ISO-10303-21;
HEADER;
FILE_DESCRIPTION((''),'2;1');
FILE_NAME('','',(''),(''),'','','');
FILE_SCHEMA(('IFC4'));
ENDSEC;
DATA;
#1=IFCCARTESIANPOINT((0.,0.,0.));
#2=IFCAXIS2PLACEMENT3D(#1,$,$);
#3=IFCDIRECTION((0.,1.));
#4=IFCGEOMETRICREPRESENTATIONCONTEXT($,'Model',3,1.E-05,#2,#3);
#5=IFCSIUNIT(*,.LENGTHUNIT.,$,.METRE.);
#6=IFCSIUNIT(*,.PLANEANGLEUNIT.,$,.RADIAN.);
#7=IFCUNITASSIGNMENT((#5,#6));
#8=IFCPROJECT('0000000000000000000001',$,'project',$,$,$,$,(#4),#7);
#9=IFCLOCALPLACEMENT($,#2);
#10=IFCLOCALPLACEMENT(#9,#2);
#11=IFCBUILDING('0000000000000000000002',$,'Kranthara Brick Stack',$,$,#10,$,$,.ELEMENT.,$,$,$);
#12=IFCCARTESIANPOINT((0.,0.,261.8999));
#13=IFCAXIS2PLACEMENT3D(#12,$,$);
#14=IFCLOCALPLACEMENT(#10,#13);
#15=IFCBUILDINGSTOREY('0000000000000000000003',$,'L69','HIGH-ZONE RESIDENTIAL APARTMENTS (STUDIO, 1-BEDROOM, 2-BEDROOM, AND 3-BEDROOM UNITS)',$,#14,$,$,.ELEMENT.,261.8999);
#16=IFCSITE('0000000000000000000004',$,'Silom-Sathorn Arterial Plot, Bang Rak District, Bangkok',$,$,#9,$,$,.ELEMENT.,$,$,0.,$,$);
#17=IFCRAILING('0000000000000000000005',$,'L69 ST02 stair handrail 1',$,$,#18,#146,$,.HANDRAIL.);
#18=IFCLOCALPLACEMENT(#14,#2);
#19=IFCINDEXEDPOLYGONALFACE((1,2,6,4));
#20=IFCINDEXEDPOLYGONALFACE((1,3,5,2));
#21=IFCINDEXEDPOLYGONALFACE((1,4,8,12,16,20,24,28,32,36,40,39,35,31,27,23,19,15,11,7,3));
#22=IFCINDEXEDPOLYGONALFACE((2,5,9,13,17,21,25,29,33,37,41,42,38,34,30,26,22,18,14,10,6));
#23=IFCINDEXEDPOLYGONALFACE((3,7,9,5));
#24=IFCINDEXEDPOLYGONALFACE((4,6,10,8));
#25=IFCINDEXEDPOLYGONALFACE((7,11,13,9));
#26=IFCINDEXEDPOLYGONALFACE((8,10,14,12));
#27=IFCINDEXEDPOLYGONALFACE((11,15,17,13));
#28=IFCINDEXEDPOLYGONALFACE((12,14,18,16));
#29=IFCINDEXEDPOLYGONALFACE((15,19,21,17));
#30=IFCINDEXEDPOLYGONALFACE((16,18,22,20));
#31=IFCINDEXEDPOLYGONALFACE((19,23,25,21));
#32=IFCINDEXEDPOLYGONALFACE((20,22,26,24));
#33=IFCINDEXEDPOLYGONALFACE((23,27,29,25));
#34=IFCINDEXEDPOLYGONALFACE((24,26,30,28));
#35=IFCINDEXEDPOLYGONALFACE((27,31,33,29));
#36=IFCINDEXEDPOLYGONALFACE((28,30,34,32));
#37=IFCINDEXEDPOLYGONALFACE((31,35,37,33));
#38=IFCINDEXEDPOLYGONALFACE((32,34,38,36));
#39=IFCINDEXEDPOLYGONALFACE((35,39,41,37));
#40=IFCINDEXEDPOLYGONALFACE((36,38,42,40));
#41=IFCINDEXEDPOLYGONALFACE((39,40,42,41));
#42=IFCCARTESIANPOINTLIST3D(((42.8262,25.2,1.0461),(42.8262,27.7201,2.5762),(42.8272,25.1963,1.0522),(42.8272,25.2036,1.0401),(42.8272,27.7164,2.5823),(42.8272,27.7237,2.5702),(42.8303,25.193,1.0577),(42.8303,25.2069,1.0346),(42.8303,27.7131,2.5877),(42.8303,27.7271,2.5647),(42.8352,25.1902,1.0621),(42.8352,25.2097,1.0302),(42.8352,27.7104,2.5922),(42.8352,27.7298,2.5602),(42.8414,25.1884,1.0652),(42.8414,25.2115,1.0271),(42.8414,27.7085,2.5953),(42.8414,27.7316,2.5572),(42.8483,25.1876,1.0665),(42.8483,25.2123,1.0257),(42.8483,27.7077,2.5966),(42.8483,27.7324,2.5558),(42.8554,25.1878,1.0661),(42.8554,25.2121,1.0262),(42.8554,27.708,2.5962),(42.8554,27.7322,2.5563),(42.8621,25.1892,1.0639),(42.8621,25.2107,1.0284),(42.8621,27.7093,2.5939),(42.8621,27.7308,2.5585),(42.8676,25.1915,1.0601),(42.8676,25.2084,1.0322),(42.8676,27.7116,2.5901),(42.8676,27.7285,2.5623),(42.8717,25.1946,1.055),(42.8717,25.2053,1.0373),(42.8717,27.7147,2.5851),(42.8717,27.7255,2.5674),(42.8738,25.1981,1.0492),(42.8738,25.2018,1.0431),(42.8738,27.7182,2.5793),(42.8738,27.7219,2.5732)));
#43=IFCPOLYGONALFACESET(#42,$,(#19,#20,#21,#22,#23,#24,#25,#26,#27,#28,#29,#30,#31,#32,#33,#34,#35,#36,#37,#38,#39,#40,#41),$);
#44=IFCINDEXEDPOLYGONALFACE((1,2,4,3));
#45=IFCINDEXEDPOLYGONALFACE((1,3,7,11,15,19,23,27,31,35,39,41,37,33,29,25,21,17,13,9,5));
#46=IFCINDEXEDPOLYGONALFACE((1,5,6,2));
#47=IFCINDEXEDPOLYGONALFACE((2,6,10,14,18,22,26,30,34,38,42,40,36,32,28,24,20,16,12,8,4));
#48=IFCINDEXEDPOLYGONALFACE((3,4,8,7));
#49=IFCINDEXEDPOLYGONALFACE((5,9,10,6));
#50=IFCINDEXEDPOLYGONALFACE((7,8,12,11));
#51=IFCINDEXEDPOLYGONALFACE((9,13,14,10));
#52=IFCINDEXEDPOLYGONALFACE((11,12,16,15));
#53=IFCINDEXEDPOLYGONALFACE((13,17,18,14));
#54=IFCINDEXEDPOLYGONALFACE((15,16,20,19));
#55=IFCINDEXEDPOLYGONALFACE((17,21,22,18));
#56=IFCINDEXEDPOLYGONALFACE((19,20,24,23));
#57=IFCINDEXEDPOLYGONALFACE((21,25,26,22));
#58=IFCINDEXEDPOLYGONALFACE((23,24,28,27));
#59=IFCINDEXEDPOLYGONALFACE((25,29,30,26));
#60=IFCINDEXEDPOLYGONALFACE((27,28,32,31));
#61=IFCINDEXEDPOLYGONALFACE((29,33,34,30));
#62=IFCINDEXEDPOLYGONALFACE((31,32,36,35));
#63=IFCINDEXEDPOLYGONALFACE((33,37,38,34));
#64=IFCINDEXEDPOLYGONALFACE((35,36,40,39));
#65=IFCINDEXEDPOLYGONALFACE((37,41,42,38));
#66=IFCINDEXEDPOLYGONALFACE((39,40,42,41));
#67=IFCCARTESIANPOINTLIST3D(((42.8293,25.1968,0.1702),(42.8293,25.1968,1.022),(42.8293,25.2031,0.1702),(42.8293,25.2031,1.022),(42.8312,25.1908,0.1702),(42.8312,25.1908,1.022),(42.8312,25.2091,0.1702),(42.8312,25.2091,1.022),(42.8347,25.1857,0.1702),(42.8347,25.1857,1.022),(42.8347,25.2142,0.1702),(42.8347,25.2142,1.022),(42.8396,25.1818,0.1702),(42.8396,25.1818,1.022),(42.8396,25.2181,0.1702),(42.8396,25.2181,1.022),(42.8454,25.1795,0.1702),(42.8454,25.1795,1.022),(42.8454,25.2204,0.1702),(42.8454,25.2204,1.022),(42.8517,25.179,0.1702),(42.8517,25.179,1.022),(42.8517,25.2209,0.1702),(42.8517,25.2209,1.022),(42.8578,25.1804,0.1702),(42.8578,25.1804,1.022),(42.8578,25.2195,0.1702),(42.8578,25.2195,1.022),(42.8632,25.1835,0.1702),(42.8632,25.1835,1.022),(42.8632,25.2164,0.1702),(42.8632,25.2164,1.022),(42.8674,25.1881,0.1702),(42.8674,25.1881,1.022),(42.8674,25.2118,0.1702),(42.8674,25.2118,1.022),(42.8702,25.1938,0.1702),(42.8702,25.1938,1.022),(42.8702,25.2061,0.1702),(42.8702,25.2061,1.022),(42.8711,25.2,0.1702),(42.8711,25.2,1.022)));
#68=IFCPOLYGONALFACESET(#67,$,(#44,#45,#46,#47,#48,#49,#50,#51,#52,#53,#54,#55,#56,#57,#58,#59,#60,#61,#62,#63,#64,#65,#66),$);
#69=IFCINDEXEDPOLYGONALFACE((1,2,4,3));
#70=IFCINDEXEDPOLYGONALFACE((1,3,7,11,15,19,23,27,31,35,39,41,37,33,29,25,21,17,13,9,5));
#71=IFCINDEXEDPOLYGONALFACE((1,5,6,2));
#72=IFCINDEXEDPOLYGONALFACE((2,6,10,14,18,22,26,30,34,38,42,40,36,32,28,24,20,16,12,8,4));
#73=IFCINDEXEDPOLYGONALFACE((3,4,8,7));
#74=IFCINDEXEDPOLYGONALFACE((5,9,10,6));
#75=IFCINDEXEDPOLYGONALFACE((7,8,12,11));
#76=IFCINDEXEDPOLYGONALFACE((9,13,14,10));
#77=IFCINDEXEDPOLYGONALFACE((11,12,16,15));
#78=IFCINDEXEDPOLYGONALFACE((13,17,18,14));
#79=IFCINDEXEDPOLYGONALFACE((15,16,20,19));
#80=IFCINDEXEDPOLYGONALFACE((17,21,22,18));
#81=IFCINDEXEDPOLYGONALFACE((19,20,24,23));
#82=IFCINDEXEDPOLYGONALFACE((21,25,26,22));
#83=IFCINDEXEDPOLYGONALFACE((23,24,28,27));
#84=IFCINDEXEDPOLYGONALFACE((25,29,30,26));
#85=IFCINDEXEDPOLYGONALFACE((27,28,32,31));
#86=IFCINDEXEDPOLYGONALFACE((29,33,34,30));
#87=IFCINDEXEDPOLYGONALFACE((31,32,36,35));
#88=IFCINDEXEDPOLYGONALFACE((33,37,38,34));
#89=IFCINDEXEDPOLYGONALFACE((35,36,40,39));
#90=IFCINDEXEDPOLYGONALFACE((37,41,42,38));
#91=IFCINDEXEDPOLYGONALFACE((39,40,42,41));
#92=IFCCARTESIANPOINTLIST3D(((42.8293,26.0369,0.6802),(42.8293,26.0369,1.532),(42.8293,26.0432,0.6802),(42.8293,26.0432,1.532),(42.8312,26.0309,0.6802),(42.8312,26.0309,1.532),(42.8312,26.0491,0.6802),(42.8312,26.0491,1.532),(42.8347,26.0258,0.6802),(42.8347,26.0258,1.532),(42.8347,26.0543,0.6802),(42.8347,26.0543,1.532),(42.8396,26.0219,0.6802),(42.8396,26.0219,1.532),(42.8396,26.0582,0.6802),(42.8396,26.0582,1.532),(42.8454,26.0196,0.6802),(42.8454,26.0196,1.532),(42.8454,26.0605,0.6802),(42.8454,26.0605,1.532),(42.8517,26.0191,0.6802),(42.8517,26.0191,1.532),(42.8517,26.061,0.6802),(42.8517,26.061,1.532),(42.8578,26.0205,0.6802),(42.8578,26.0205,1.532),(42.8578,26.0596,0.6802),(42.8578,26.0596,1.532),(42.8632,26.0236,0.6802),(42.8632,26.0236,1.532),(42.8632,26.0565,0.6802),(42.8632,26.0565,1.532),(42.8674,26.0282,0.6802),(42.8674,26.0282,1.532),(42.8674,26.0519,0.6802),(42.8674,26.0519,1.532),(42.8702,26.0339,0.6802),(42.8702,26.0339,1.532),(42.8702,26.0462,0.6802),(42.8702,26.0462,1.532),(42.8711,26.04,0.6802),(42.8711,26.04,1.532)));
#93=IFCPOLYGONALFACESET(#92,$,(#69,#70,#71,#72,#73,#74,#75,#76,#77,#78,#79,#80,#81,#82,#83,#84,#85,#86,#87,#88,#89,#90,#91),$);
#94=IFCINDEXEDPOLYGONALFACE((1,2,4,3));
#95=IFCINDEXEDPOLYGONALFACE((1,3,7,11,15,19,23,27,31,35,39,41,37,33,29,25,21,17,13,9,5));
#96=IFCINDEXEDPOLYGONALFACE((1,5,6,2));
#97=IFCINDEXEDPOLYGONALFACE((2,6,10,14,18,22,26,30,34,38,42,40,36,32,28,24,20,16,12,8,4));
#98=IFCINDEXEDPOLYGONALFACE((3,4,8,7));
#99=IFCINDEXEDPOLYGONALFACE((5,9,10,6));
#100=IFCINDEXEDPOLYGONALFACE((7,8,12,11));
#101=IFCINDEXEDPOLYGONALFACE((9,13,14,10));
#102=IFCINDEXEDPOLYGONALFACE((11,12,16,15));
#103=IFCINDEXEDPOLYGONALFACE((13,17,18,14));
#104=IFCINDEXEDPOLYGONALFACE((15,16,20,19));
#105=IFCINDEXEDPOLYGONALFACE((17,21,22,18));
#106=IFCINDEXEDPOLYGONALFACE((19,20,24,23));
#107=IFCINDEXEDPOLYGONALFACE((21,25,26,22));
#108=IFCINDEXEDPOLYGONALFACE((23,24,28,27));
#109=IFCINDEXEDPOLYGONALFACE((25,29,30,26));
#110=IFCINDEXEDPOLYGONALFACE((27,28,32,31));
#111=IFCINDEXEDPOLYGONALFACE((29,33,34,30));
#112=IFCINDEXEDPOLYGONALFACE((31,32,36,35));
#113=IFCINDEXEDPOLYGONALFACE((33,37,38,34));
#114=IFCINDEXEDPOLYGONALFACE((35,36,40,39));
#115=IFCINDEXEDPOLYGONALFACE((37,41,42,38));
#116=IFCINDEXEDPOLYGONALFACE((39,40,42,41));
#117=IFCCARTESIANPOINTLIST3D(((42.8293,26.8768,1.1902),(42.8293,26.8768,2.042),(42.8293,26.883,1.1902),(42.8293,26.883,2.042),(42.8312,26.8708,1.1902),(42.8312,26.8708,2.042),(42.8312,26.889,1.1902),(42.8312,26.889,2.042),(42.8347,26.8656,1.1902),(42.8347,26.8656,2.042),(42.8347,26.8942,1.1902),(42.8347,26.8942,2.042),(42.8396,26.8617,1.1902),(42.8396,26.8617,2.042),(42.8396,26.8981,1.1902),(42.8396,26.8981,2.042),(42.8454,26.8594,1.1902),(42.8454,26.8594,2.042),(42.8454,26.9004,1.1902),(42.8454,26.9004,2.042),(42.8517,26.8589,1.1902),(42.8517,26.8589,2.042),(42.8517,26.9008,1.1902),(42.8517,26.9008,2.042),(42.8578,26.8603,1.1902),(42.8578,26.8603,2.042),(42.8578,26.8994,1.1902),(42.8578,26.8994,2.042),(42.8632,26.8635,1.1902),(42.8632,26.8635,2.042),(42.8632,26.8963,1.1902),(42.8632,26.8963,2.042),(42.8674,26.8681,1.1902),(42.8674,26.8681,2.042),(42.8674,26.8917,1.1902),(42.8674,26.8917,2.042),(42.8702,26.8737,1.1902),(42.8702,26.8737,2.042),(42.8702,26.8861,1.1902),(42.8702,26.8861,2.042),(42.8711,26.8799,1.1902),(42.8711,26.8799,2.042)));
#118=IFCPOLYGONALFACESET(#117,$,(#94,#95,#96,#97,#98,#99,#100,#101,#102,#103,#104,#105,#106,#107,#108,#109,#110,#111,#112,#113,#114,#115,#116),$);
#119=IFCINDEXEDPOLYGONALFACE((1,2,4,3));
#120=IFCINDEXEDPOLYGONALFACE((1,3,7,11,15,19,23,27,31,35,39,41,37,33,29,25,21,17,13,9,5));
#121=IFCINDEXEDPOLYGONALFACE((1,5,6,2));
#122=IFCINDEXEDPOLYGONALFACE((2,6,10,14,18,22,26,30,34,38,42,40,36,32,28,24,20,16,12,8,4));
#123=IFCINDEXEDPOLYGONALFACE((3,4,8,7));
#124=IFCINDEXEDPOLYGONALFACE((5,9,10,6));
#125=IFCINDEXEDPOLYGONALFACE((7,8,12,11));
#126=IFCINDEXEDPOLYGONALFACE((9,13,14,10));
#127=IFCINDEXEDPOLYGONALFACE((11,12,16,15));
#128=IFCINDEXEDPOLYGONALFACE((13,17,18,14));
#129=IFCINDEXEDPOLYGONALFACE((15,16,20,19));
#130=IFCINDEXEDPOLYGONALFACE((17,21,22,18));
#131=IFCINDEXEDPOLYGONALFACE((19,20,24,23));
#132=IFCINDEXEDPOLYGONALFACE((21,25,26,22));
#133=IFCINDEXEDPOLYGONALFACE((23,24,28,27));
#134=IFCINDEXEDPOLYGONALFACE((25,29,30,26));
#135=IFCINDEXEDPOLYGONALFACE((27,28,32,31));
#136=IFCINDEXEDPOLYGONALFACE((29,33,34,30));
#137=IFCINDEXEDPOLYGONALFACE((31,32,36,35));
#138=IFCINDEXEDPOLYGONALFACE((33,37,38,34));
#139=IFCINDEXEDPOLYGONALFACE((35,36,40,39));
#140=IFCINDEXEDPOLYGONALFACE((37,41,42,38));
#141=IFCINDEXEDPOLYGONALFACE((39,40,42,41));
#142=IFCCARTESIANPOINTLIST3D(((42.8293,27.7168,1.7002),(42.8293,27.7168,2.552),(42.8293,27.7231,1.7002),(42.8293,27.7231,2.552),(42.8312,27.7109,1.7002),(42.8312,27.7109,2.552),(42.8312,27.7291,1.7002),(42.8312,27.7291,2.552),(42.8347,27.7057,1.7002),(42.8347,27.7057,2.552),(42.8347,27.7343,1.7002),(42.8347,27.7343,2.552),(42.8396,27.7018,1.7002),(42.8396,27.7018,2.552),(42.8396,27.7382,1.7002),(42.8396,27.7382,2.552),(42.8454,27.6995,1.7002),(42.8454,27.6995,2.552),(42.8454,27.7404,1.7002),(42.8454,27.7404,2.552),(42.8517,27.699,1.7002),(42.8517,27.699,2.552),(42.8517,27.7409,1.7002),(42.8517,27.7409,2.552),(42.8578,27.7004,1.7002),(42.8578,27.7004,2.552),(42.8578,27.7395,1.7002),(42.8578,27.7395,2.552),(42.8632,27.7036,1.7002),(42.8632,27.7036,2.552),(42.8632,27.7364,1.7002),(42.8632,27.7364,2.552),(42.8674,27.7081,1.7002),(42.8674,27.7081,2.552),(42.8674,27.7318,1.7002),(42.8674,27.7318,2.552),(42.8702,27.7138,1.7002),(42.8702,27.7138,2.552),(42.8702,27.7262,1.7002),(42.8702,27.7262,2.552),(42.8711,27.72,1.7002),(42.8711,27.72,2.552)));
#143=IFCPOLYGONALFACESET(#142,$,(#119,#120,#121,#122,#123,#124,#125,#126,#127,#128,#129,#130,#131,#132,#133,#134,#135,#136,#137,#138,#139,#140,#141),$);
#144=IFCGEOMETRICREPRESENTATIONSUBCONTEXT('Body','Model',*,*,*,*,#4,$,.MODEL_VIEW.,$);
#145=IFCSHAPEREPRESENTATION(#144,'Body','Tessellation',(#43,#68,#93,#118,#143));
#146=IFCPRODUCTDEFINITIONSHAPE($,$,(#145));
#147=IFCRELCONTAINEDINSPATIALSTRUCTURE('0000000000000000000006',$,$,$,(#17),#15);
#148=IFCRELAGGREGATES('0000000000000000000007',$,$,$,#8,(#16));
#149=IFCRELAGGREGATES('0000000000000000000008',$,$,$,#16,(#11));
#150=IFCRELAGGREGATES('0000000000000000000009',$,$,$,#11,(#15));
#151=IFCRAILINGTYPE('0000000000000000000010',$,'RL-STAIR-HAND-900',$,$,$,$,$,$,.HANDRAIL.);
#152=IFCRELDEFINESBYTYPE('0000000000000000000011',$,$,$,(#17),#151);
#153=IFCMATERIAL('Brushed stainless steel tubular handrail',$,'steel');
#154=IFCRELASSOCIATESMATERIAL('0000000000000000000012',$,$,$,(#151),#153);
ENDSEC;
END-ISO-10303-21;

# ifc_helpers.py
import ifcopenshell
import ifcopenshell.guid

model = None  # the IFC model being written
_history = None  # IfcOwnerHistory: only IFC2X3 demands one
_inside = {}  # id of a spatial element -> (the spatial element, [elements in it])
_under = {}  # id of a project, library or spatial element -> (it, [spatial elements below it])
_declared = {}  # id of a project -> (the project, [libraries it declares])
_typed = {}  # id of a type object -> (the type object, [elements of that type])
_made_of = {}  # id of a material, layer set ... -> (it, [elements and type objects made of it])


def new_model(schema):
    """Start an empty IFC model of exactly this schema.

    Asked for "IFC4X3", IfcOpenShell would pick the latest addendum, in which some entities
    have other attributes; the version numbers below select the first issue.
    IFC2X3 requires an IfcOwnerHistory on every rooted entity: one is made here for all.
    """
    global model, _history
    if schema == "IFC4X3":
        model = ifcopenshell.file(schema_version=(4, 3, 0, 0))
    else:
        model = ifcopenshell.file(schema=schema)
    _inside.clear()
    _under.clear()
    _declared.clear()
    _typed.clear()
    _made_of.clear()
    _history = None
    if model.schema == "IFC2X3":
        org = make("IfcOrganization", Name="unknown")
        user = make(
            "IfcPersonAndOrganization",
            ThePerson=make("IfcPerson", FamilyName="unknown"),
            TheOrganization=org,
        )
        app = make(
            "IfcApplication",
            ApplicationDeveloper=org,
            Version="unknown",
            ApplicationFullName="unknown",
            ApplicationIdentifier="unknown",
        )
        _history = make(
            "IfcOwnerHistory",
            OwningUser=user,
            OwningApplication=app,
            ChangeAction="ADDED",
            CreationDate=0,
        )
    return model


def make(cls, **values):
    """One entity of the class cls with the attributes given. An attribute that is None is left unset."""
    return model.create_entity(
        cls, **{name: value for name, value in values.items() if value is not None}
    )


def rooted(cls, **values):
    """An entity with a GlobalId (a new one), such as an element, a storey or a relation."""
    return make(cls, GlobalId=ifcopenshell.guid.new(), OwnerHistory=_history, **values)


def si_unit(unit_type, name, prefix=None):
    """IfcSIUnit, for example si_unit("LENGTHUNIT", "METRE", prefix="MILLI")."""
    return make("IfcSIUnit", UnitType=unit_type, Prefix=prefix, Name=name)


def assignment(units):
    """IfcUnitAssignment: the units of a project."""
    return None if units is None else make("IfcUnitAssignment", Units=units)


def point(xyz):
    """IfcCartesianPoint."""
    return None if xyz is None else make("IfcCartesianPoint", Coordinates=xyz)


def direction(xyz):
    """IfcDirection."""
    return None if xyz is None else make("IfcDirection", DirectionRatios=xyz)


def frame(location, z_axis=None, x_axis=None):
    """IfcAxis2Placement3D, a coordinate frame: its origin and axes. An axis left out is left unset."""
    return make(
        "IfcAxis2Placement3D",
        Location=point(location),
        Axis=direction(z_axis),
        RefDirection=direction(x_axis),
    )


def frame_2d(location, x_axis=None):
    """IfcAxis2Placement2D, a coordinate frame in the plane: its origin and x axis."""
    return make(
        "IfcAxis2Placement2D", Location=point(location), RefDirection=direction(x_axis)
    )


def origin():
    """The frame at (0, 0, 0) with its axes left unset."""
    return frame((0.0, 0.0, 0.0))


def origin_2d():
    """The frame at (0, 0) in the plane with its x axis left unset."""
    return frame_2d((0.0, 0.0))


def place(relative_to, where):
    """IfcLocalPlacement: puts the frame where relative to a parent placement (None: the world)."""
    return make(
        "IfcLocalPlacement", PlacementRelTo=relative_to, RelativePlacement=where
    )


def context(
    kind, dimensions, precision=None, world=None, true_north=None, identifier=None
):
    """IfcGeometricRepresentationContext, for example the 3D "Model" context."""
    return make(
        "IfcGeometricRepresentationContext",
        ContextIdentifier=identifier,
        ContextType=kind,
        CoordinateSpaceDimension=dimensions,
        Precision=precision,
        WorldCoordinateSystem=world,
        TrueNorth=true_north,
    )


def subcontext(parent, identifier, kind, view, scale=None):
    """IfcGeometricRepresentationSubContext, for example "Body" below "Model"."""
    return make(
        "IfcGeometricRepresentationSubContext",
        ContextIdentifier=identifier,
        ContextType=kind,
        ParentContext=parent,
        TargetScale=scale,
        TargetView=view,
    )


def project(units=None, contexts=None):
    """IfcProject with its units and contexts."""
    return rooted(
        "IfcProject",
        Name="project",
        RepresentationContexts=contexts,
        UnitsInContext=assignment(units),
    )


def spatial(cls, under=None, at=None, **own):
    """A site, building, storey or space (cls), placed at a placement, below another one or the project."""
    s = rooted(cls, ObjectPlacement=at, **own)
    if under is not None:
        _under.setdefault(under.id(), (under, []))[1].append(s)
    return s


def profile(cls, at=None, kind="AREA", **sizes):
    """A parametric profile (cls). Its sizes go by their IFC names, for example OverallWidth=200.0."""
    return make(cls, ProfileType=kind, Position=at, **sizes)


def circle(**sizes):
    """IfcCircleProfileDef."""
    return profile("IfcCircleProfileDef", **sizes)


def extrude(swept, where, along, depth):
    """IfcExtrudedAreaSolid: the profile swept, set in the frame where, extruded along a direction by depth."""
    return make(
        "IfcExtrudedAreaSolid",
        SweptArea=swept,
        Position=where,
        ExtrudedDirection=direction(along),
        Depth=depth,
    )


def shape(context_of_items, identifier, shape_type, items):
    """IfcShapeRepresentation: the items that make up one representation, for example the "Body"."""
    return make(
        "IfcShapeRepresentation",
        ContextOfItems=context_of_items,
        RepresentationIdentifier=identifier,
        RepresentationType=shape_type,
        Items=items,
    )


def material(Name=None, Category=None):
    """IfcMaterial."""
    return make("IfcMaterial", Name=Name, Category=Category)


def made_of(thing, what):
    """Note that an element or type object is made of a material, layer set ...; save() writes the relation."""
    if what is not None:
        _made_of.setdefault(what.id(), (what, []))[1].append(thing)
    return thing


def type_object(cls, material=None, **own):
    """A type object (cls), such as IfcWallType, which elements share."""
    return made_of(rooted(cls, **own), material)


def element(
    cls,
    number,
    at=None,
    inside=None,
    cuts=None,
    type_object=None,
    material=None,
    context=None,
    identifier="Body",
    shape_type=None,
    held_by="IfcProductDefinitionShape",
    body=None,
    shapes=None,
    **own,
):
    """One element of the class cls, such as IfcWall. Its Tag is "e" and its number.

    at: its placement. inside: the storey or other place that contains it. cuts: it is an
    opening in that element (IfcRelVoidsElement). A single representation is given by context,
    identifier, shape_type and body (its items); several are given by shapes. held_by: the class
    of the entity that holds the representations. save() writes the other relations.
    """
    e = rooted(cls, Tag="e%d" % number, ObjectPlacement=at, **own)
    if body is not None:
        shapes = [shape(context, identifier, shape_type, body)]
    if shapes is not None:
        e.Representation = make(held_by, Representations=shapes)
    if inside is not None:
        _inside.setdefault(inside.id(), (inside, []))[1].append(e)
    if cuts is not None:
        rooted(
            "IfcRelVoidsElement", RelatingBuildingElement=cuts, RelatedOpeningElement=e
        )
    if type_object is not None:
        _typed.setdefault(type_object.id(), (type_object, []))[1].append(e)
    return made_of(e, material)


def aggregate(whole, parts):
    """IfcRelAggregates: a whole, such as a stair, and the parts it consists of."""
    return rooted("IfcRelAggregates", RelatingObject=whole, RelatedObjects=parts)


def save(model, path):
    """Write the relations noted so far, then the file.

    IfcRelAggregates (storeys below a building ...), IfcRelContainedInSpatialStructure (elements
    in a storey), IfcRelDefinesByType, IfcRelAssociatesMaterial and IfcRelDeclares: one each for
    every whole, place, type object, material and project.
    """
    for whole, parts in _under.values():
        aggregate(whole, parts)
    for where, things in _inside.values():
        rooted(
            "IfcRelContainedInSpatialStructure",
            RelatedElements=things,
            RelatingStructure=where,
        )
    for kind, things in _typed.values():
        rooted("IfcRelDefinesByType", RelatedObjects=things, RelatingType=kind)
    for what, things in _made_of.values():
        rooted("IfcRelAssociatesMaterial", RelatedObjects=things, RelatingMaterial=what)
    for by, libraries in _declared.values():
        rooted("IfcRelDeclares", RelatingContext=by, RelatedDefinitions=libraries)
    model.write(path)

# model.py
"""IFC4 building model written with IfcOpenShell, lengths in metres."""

from ifc_helpers import new_model, si_unit, direction, frame, origin, origin_2d, place, context, subcontext, project, spatial, circle, extrude, material, type_object, element, save


model = new_model("IFC4")

# Units and contexts
model_context = context("Model", 3, precision=1e-05, world=origin(), true_north=direction((0.0, 1.0)))
body_context = subcontext(model_context, "Body", "Model", "MODEL_VIEW")
ifc_project = project(units=[si_unit("LENGTHUNIT", "METRE"), si_unit("PLANEANGLEUNIT", "RADIAN")], contexts=[model_context])

# Site, building, storey
site_placement = place(None, origin())
site = spatial("IfcSite", under=ifc_project, at=site_placement, Name="Silom-Sathorn Arterial Plot, Bang Rak District, Bangkok", CompositionType="ELEMENT", RefElevation=0.0)
building_placement = place(site_placement, origin())
building = spatial("IfcBuilding", under=site, at=building_placement, Name="Kranthara Brick Stack", CompositionType="ELEMENT")
storey_placement = place(building_placement, frame((0.0, 0.0, 261.8999)))
storey = spatial("IfcBuildingStorey", under=building, at=storey_placement, Name="L69", Description="HIGH-ZONE RESIDENTIAL APARTMENTS (STUDIO, 1-BEDROOM, 2-BEDROOM, AND 3-BEDROOM UNITS)", CompositionType="ELEMENT", Elevation=261.8999)

# Railing
ifc_material_1 = material(Name="Brushed stainless steel tubular handrail", Category="steel")
railing_type_1 = type_object("IfcRailingType", Name="RL-STAIR-HAND-900", PredefinedType="HANDRAIL", material=ifc_material_1)
railing_1_placement = place(storey_placement, frame((42.8501, 25.2, 0.1702)))
element("IfcRailing", 1, at=railing_1_placement, inside=storey, type_object=railing_type_1, Name="L69 ST02 stair handrail 1", PredefinedType="HANDRAIL", context=body_context, shape_type="SweptSolid", body=[
    extrude(circle(Radius=0.0239, at=origin_2d()), frame((0.0, 0.0, 0.876), z_axis=(0.0, 0.854785, 0.518982), x_axis=(-1.0, 0.0, 0.0)), (0.0, 0.0, 1.0), 2.9482),
    extrude(circle(Radius=0.021, at=origin_2d()), origin(), (0.0, 0.0, 1.0), 0.8518),
    extrude(circle(Radius=0.021, at=origin_2d()), frame((0.0, 0.8401, 0.51)), (0.0, 0.0, 1.0), 0.8518),
    extrude(circle(Radius=0.021, at=origin_2d()), frame((0.0, 1.6799, 1.02)), (0.0, 0.0, 1.0), 0.8518),
    extrude(circle(Radius=0.021, at=origin_2d()), frame((0.0, 2.52, 1.53)), (0.0, 0.0, 1.0), 0.8518),
])

save(model, "model.ifc")
